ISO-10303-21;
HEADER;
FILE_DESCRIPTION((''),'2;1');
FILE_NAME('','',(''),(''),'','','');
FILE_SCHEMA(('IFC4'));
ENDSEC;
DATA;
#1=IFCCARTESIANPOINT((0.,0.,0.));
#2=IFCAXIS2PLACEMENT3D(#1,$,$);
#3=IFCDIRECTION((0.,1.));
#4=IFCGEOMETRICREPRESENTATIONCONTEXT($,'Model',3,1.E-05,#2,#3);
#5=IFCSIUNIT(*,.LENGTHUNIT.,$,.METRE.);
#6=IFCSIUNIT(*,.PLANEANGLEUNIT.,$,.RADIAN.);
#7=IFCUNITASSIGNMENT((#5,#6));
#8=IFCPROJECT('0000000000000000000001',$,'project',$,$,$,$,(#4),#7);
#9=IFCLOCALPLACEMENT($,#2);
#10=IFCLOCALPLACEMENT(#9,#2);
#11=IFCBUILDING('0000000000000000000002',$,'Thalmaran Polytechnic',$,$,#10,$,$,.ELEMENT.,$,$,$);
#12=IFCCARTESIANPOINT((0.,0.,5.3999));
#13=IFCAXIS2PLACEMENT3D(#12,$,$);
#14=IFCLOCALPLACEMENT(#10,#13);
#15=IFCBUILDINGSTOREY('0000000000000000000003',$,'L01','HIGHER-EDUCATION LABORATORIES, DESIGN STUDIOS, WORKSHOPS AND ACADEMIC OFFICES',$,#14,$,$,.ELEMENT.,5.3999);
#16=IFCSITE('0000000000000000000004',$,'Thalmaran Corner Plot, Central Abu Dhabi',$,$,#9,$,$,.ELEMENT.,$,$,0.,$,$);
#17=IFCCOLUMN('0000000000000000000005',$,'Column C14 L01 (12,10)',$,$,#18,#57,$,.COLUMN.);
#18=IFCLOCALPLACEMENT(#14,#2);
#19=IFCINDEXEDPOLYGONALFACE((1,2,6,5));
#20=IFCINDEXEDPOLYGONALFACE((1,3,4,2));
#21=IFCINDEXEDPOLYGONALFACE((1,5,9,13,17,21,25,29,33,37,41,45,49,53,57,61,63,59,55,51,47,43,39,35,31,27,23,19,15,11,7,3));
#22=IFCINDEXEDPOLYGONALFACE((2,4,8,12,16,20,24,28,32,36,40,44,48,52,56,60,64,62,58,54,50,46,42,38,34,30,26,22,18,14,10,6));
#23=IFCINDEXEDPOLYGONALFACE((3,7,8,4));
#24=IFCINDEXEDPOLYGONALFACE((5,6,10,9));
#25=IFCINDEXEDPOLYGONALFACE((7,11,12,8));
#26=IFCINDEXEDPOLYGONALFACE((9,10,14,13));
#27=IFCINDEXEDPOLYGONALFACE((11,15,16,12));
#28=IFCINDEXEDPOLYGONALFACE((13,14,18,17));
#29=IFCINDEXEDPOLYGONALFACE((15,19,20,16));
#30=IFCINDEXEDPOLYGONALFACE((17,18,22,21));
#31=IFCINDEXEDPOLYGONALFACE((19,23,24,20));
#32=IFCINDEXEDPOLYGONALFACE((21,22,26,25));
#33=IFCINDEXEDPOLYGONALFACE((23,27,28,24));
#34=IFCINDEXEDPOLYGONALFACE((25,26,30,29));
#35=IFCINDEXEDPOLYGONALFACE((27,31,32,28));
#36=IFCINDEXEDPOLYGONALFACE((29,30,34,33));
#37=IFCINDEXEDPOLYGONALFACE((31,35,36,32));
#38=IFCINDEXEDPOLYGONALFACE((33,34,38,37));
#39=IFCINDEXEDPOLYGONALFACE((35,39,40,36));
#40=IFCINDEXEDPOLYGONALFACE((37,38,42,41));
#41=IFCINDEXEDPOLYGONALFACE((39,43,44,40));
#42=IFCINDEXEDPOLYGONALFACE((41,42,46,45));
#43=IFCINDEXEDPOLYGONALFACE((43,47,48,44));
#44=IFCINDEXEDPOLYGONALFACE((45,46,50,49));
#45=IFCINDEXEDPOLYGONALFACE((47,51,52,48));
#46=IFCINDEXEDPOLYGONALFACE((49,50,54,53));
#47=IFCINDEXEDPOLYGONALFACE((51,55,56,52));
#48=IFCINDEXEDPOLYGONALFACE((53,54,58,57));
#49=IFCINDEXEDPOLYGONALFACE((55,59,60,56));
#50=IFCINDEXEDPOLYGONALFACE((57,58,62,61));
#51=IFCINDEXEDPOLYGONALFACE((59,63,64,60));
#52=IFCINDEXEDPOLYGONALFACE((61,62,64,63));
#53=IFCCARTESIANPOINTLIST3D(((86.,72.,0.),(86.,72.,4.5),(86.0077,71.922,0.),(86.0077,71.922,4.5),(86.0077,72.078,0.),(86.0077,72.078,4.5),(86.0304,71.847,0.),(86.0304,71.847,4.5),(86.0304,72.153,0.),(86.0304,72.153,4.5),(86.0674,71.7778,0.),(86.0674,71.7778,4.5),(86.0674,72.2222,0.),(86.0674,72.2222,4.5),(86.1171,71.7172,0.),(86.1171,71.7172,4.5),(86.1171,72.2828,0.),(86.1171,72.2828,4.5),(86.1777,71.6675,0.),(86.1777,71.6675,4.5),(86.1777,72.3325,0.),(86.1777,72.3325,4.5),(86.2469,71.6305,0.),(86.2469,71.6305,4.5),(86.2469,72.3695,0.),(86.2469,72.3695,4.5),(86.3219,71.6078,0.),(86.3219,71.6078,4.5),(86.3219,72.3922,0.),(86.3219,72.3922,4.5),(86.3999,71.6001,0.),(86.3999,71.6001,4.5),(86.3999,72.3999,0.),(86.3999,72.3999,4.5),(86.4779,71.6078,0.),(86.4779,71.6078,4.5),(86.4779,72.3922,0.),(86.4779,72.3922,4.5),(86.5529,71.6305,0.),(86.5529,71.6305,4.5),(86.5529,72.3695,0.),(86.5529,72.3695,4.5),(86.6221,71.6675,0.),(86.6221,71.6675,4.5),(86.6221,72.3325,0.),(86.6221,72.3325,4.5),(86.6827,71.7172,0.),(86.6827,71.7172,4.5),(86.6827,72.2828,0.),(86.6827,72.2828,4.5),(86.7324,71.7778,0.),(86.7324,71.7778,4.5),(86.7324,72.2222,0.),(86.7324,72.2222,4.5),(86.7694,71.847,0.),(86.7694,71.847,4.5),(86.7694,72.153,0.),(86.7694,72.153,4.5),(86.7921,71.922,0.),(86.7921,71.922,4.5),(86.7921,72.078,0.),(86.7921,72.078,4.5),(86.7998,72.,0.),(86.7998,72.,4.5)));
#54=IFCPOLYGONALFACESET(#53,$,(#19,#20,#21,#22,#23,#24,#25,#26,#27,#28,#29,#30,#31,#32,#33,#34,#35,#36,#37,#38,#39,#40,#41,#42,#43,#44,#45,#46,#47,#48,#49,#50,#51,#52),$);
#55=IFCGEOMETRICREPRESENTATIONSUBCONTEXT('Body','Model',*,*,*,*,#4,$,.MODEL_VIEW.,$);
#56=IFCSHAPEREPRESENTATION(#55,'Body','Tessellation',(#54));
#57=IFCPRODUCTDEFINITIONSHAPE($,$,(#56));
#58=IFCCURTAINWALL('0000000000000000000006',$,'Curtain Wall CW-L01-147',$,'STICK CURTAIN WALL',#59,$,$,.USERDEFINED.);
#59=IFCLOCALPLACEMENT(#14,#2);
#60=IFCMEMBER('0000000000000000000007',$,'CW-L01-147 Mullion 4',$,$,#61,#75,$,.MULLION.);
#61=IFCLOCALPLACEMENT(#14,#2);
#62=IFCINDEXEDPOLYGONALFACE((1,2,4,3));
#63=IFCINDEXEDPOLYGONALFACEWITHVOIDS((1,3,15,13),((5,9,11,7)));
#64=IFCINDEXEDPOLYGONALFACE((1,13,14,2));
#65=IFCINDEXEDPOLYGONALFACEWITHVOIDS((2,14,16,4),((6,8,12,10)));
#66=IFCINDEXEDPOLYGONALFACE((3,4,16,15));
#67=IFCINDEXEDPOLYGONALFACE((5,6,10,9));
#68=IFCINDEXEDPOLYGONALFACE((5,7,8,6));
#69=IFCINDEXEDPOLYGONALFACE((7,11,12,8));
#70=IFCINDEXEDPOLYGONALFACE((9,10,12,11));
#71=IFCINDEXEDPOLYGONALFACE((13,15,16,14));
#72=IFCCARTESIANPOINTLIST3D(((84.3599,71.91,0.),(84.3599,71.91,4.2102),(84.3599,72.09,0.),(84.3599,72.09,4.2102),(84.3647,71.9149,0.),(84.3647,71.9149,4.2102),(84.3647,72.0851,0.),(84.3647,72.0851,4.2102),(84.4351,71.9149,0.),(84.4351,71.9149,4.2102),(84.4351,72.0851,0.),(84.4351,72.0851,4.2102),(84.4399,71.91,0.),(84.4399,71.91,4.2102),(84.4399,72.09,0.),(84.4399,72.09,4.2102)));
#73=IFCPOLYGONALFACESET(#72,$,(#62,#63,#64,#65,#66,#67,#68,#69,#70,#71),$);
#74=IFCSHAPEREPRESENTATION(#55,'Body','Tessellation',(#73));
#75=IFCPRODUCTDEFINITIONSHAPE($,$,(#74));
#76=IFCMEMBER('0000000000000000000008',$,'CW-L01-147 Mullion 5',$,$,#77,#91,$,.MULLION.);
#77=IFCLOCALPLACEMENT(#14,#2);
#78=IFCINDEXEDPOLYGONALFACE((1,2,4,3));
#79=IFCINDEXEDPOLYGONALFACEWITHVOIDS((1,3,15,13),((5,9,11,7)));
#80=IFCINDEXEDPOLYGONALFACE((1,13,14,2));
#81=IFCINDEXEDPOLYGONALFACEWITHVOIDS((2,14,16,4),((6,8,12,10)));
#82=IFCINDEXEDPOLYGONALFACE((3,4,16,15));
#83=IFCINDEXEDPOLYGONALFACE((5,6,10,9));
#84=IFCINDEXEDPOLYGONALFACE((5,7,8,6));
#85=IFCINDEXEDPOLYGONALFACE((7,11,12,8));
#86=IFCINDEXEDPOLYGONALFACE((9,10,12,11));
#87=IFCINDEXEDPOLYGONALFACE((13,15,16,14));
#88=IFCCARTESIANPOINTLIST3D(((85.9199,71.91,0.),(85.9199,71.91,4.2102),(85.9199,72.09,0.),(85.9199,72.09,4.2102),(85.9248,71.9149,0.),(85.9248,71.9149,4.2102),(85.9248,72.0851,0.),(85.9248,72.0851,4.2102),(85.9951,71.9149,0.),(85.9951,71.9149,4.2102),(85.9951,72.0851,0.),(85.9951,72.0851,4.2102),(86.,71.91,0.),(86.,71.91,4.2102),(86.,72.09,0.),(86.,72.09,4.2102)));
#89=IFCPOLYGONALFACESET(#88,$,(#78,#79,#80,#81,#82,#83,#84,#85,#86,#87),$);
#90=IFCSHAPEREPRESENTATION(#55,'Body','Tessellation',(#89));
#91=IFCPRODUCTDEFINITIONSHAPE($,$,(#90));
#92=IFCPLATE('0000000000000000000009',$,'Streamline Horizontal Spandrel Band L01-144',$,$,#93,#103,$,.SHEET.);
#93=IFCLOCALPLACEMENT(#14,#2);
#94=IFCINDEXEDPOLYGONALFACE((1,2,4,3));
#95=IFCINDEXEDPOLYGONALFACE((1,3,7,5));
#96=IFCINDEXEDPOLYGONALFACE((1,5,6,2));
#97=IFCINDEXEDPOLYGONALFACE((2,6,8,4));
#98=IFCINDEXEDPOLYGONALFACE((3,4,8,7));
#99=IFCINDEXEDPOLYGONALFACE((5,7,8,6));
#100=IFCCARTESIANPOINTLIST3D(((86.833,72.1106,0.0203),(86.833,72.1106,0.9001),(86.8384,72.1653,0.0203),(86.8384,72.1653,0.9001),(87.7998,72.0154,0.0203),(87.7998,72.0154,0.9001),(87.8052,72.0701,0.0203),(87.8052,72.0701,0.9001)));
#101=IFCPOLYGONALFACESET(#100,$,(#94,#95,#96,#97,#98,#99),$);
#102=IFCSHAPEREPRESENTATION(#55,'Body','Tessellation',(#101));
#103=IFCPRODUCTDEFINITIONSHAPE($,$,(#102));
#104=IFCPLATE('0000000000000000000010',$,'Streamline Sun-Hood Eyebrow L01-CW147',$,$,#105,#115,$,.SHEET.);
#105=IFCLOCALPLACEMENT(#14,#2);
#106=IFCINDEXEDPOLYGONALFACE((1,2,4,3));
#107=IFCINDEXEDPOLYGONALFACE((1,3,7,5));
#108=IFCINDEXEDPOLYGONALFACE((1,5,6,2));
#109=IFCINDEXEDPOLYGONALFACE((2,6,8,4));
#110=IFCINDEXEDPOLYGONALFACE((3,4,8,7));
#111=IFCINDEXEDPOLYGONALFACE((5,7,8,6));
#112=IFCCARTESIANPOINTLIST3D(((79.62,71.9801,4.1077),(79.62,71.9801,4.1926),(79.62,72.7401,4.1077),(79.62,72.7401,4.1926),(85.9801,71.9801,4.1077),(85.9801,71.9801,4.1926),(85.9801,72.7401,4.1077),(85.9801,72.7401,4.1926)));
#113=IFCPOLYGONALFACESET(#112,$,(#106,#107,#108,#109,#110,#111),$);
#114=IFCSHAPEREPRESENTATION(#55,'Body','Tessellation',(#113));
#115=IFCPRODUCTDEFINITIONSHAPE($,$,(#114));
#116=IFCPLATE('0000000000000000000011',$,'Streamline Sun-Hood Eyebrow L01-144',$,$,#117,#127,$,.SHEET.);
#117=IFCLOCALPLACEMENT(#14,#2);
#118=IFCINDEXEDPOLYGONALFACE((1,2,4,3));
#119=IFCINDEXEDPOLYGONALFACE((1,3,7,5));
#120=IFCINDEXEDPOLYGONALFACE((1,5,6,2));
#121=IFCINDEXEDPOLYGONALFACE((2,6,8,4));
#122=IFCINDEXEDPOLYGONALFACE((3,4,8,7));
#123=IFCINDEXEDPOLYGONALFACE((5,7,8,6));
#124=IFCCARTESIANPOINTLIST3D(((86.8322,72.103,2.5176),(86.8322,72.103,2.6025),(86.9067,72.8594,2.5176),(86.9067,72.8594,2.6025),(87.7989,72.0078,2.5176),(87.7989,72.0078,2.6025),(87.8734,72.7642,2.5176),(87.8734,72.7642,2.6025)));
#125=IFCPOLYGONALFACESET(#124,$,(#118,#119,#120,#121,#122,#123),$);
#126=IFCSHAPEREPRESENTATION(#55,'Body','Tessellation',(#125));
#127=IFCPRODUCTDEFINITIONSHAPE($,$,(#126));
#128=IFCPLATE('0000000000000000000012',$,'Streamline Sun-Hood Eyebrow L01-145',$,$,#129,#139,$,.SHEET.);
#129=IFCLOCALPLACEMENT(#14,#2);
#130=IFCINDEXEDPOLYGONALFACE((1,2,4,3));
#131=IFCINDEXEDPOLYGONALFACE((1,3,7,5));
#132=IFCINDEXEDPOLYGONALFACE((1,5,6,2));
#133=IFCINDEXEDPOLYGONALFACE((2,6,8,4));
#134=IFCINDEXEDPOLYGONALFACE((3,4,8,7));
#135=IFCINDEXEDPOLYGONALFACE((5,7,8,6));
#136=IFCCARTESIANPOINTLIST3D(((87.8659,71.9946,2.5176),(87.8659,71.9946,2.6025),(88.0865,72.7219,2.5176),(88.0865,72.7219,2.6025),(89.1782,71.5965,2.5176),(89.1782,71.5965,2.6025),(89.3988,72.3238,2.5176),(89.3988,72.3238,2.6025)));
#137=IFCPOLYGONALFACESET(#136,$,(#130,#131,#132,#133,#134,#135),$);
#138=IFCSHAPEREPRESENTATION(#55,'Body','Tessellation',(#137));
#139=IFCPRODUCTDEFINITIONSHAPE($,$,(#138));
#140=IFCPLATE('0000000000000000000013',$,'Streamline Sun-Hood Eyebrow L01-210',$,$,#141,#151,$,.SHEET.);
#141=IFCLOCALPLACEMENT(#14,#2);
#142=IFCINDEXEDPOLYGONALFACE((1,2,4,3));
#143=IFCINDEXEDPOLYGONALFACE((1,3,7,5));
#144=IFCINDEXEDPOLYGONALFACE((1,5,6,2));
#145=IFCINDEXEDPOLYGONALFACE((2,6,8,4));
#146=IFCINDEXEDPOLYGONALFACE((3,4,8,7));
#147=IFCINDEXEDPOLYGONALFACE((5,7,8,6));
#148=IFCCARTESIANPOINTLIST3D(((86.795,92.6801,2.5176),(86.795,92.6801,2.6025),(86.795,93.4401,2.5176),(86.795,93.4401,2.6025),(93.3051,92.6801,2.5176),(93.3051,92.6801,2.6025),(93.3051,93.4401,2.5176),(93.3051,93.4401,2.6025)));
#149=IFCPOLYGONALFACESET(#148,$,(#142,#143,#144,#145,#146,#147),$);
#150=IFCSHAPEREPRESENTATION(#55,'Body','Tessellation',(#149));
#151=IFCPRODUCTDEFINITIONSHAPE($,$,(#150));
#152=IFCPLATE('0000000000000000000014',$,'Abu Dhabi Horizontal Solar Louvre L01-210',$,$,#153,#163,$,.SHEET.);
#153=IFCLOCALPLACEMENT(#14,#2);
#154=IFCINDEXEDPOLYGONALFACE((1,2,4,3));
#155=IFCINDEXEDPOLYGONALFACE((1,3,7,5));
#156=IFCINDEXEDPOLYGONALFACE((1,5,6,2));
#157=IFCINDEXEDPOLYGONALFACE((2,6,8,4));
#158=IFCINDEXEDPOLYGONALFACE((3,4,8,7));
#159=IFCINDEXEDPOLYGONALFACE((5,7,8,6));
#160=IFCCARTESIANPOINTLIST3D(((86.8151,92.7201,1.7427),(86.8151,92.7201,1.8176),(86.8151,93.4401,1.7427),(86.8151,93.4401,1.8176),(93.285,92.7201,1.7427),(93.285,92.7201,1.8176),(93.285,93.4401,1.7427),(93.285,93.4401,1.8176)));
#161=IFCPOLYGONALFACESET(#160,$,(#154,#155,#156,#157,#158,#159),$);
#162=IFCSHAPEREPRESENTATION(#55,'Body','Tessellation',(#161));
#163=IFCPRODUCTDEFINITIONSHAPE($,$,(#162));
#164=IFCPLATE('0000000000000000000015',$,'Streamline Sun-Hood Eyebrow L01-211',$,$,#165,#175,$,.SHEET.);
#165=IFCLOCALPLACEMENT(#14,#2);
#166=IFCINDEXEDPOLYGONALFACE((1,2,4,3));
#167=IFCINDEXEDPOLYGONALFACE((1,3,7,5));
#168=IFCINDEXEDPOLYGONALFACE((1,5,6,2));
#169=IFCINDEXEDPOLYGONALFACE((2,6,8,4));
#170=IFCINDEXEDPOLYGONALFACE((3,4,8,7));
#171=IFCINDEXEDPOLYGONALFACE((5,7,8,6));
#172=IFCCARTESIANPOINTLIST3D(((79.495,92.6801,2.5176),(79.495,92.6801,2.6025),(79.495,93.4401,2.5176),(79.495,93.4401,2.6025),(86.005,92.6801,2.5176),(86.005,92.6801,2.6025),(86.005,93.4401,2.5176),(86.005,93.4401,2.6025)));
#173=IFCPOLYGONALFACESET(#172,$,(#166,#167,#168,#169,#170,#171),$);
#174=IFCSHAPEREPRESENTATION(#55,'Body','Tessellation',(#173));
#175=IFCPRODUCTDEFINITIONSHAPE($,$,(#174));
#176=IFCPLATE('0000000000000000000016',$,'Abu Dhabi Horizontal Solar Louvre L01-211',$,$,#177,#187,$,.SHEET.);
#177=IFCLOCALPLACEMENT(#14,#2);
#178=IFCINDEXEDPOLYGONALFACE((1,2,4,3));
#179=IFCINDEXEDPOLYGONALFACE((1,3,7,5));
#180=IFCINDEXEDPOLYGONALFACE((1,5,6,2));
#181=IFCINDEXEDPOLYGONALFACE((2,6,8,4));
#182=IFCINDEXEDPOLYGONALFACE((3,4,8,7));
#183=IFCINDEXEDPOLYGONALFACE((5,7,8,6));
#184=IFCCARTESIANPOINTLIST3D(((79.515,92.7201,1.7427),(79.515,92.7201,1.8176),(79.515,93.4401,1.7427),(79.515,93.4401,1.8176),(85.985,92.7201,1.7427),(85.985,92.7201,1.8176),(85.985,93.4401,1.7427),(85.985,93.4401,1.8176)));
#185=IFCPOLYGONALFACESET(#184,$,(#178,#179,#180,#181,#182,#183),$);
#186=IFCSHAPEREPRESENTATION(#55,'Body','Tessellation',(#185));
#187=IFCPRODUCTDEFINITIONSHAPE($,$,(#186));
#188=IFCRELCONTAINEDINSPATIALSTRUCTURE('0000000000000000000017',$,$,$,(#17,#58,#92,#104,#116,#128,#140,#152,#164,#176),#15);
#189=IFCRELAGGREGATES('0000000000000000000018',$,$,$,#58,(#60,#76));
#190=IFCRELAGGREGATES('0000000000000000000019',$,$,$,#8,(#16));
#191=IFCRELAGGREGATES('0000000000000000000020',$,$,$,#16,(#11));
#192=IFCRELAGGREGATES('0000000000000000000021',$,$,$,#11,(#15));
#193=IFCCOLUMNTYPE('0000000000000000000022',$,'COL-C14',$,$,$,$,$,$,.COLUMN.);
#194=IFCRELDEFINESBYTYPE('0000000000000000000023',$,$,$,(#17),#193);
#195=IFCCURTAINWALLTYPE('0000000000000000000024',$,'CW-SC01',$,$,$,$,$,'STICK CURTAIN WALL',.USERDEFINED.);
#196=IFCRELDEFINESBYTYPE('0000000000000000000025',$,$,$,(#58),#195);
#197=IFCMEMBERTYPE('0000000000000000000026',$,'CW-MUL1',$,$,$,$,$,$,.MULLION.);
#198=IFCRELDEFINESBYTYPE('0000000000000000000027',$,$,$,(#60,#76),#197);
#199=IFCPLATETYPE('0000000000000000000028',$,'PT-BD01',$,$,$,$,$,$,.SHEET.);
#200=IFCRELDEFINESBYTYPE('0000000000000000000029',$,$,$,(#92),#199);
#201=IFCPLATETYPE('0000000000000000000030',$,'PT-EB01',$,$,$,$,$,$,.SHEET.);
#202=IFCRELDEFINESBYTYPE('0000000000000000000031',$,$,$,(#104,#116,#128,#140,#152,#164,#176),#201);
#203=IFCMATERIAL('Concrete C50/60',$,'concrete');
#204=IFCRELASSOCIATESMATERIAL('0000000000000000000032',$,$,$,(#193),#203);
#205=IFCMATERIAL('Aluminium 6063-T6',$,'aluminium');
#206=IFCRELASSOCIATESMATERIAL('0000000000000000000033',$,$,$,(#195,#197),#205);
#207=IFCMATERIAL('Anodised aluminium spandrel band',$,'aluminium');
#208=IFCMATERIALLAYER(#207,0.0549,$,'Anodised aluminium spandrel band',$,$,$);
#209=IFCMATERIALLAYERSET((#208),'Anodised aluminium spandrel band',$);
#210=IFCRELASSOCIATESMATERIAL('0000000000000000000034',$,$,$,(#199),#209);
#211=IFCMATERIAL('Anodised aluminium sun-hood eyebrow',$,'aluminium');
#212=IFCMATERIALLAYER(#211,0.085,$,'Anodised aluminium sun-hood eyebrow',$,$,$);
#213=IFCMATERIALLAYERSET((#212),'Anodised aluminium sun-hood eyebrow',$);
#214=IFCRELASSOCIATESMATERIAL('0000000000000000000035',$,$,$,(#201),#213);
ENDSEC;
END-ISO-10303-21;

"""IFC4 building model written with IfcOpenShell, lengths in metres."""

from ifc_helpers import new_model, si_unit, direction, frame, origin, origin_2d, place, context, subcontext, project, spatial, rectangle, hollow_rectangle, circle, extrude, material, layer, layer_set, material_profile, profile_set, type_object, element, aggregate, save


model = new_model("IFC4")

# Units and contexts
model_context = context("Model", 3, precision=1e-05, world=origin(), true_north=direction((0.0, 1.0)))
body_context = subcontext(model_context, "Body", "Model", "MODEL_VIEW")
ifc_project = project(units=[si_unit("LENGTHUNIT", "METRE"), si_unit("PLANEANGLEUNIT", "RADIAN")], contexts=[model_context])

# Site, building, storey
site_placement = place(None, origin())
site = spatial("IfcSite", under=ifc_project, at=site_placement, Name="Thalmaran Corner Plot, Central Abu Dhabi", CompositionType="ELEMENT", RefElevation=0.0)
building_placement = place(site_placement, origin())
building = spatial("IfcBuilding", under=site, at=building_placement, Name="Thalmaran Polytechnic", CompositionType="ELEMENT")
storey_placement = place(building_placement, frame((0.0, 0.0, 5.3999)))
storey = spatial("IfcBuildingStorey", under=building, at=storey_placement, Name="L01", Description="HIGHER-EDUCATION LABORATORIES, DESIGN STUDIOS, WORKSHOPS AND ACADEMIC OFFICES", CompositionType="ELEMENT", Elevation=5.3999)

# Column
ifc_material_1 = material(Name="Concrete C50/60", Category="concrete")
ifc_material_profile_1 = material_profile(ifc_material_1, circle(Radius=0.3999, at=origin_2d()), Name="RC 800 DIA")
ifc_profile_set_1 = profile_set([ifc_material_profile_1], Name="Concrete C50/60")
column_type = type_object("IfcColumnType", Name="COL-C14", PredefinedType="COLUMN", material=ifc_profile_set_1)
column_placement = place(storey_placement, frame((86.3999, 72.0, 0.0), z_axis=(0.0, 0.0, 1.0), x_axis=(1.0, 0.0, 0.0)))
element("IfcColumn", 1, at=column_placement, inside=storey, type_object=column_type, Name="Column C14 L01 (12,10)", PredefinedType="COLUMN", context=body_context, shape_type="SweptSolid", body=[
    extrude(circle(Radius=0.3999, at=origin_2d()), origin(), (0.0, 0.0, 1.0), 4.5),
])

# Curtain wall, members
ifc_material_2 = material(Name="Aluminium 6063-T6", Category="aluminium")
curtain_wall_type = type_object("IfcCurtainWallType", Name="CW-SC01", ElementType="STICK CURTAIN WALL", PredefinedType="USERDEFINED", material=ifc_material_2)
curtain_wall_placement = place(storey_placement, origin())
curtain_wall = element("IfcCurtainWall", 2, at=curtain_wall_placement, inside=storey, type_object=curtain_wall_type, Name="Curtain Wall CW-L01-147", ObjectType="STICK CURTAIN WALL", PredefinedType="USERDEFINED")
ifc_material_profile_2 = material_profile(ifc_material_2, hollow_rectangle(XDim=0.0801, YDim=0.1799, WallThickness=0.0049, at=origin_2d()), Name="RHS 180x80x5.0")
ifc_profile_set_2 = profile_set([ifc_material_profile_2], Name="Aluminium 6063-T6")
member_type = type_object("IfcMemberType", Name="CW-MUL1", PredefinedType="MULLION", material=ifc_profile_set_2)
member_1_placement = place(storey_placement, frame((84.3999, 72.0, 0.0), z_axis=(0.0, 0.0, 1.0), x_axis=(1.0, 0.0, 0.0)))
member_1 = element("IfcMember", 3, at=member_1_placement, type_object=member_type, Name="CW-L01-147 Mullion 4", PredefinedType="MULLION", context=body_context, shape_type="SweptSolid", body=[
    extrude(hollow_rectangle(XDim=0.0801, YDim=0.1799, WallThickness=0.0049, at=origin_2d()), origin(), (0.0, 0.0, 1.0), 4.2102),
])
member_2_placement = place(storey_placement, frame((85.96, 72.0, 0.0), z_axis=(0.0, 0.0, 1.0), x_axis=(1.0, 0.0, 0.0)))
member_2 = element("IfcMember", 4, at=member_2_placement, type_object=member_type, Name="CW-L01-147 Mullion 5", PredefinedType="MULLION", context=body_context, shape_type="SweptSolid", body=[
    extrude(hollow_rectangle(XDim=0.0801, YDim=0.1799, WallThickness=0.0049, at=origin_2d()), origin(), (0.0, 0.0, 1.0), 4.2102),
])

# Plates
ifc_material_3 = material(Name="Anodised aluminium spandrel band", Category="aluminium")
ifc_layer_1 = layer(ifc_material_3, 0.0549, Name="Anodised aluminium spandrel band")
ifc_layer_set_1 = layer_set([ifc_layer_1], Name="Anodised aluminium spandrel band")
plate_type_1 = type_object("IfcPlateType", Name="PT-BD01", PredefinedType="SHEET", material=ifc_layer_set_1)
plate_1_placement = place(storey_placement, frame((87.3191, 72.0903, 0.0203), z_axis=(0.0, 0.0, 1.0), x_axis=(0.995185, -0.098017, 0.0)))
element("IfcPlate", 5, at=plate_1_placement, inside=storey, type_object=plate_type_1, Name="Streamline Horizontal Spandrel Band L01-144", PredefinedType="SHEET", context=body_context, shape_type="SweptSolid", body=[
    extrude(rectangle(XDim=0.9714, YDim=0.0549, at=origin_2d()), origin(), (0.0, 0.0, 1.0), 0.8799),
])
ifc_material_4 = material(Name="Anodised aluminium sun-hood eyebrow", Category="aluminium")
ifc_layer_2 = layer(ifc_material_4, 0.085, Name="Anodised aluminium sun-hood eyebrow")
ifc_layer_set_2 = layer_set([ifc_layer_2], Name="Anodised aluminium sun-hood eyebrow")
plate_type_2 = type_object("IfcPlateType", Name="PT-EB01", PredefinedType="SHEET", material=ifc_layer_set_2)
plate_2_placement = place(storey_placement, frame((82.8, 72.3601, 4.1077), z_axis=(0.0, 0.0, 1.0), x_axis=(1.0, 0.0, 0.0)))
element("IfcPlate", 6, at=plate_2_placement, inside=storey, type_object=plate_type_2, Name="Streamline Sun-Hood Eyebrow L01-CW147", PredefinedType="SHEET", context=body_context, shape_type="SweptSolid", body=[
    extrude(rectangle(XDim=6.3601, YDim=0.76, at=origin_2d()), origin(), (0.0, 0.0, 1.0), 0.085),
])
plate_3_placement = place(storey_placement, frame((87.3528, 72.4336, 2.5176), z_axis=(0.0, 0.0, 1.0), x_axis=(0.995185, -0.098017, 0.0)))
element("IfcPlate", 7, at=plate_3_placement, inside=storey, type_object=plate_type_2, Name="Streamline Sun-Hood Eyebrow L01-144", PredefinedType="SHEET", context=body_context, shape_type="SweptSolid", body=[
    extrude(rectangle(XDim=0.9714, YDim=0.76, at=origin_2d()), origin(), (0.0, 0.0, 1.0), 0.085),
])
plate_4_placement = place(storey_placement, frame((88.6323, 72.1592, 2.5176), z_axis=(0.0, 0.0, 1.0), x_axis=(0.95694, -0.290285, 0.0)))
element("IfcPlate", 8, at=plate_4_placement, inside=storey, type_object=plate_type_2, Name="Streamline Sun-Hood Eyebrow L01-145", PredefinedType="SHEET", context=body_context, shape_type="SweptSolid", body=[
    extrude(rectangle(XDim=1.3713, YDim=0.76, at=origin_2d()), origin(), (0.0, 0.0, 1.0), 0.085),
])
plate_5_placement = place(storey_placement, frame((90.05, 93.0601, 2.5176), z_axis=(0.0, 0.0, 1.0), x_axis=(-1.0, 0.0, 0.0)))
element("IfcPlate", 9, at=plate_5_placement, inside=storey, type_object=plate_type_2, Name="Streamline Sun-Hood Eyebrow L01-210", PredefinedType="SHEET", context=body_context, shape_type="SweptSolid", body=[
    extrude(rectangle(XDim=6.51, YDim=0.76, at=origin_2d()), origin(), (0.0, 0.0, 1.0), 0.085),
])
plate_6_placement = place(storey_placement, frame((90.05, 93.0801, 1.7427), z_axis=(0.0, 0.0, 1.0), x_axis=(-1.0, 0.0, 0.0)))
element("IfcPlate", 10, at=plate_6_placement, inside=storey, type_object=plate_type_2, Name="Abu Dhabi Horizontal Solar Louvre L01-210", PredefinedType="SHEET", context=body_context, shape_type="SweptSolid", body=[
    extrude(rectangle(XDim=6.47, YDim=0.72, at=origin_2d()), origin(), (0.0, 0.0, 1.0), 0.075),
])
plate_7_placement = place(storey_placement, frame((82.75, 93.0601, 2.5176), z_axis=(0.0, 0.0, 1.0), x_axis=(-1.0, 0.0, 0.0)))
element("IfcPlate", 11, at=plate_7_placement, inside=storey, type_object=plate_type_2, Name="Streamline Sun-Hood Eyebrow L01-211", PredefinedType="SHEET", context=body_context, shape_type="SweptSolid", body=[
    extrude(rectangle(XDim=6.51, YDim=0.76, at=origin_2d()), origin(), (0.0, 0.0, 1.0), 0.085),
])
plate_8_placement = place(storey_placement, frame((82.75, 93.0801, 1.7427), z_axis=(0.0, 0.0, 1.0), x_axis=(-1.0, 0.0, 0.0)))
element("IfcPlate", 12, at=plate_8_placement, inside=storey, type_object=plate_type_2, Name="Abu Dhabi Horizontal Solar Louvre L01-211", PredefinedType="SHEET", context=body_context, shape_type="SweptSolid", body=[
    extrude(rectangle(XDim=6.47, YDim=0.72, at=origin_2d()), origin(), (0.0, 0.0, 1.0), 0.075),
])

aggregate(curtain_wall, [member_1, member_2])

save(model, "model.ifc")
